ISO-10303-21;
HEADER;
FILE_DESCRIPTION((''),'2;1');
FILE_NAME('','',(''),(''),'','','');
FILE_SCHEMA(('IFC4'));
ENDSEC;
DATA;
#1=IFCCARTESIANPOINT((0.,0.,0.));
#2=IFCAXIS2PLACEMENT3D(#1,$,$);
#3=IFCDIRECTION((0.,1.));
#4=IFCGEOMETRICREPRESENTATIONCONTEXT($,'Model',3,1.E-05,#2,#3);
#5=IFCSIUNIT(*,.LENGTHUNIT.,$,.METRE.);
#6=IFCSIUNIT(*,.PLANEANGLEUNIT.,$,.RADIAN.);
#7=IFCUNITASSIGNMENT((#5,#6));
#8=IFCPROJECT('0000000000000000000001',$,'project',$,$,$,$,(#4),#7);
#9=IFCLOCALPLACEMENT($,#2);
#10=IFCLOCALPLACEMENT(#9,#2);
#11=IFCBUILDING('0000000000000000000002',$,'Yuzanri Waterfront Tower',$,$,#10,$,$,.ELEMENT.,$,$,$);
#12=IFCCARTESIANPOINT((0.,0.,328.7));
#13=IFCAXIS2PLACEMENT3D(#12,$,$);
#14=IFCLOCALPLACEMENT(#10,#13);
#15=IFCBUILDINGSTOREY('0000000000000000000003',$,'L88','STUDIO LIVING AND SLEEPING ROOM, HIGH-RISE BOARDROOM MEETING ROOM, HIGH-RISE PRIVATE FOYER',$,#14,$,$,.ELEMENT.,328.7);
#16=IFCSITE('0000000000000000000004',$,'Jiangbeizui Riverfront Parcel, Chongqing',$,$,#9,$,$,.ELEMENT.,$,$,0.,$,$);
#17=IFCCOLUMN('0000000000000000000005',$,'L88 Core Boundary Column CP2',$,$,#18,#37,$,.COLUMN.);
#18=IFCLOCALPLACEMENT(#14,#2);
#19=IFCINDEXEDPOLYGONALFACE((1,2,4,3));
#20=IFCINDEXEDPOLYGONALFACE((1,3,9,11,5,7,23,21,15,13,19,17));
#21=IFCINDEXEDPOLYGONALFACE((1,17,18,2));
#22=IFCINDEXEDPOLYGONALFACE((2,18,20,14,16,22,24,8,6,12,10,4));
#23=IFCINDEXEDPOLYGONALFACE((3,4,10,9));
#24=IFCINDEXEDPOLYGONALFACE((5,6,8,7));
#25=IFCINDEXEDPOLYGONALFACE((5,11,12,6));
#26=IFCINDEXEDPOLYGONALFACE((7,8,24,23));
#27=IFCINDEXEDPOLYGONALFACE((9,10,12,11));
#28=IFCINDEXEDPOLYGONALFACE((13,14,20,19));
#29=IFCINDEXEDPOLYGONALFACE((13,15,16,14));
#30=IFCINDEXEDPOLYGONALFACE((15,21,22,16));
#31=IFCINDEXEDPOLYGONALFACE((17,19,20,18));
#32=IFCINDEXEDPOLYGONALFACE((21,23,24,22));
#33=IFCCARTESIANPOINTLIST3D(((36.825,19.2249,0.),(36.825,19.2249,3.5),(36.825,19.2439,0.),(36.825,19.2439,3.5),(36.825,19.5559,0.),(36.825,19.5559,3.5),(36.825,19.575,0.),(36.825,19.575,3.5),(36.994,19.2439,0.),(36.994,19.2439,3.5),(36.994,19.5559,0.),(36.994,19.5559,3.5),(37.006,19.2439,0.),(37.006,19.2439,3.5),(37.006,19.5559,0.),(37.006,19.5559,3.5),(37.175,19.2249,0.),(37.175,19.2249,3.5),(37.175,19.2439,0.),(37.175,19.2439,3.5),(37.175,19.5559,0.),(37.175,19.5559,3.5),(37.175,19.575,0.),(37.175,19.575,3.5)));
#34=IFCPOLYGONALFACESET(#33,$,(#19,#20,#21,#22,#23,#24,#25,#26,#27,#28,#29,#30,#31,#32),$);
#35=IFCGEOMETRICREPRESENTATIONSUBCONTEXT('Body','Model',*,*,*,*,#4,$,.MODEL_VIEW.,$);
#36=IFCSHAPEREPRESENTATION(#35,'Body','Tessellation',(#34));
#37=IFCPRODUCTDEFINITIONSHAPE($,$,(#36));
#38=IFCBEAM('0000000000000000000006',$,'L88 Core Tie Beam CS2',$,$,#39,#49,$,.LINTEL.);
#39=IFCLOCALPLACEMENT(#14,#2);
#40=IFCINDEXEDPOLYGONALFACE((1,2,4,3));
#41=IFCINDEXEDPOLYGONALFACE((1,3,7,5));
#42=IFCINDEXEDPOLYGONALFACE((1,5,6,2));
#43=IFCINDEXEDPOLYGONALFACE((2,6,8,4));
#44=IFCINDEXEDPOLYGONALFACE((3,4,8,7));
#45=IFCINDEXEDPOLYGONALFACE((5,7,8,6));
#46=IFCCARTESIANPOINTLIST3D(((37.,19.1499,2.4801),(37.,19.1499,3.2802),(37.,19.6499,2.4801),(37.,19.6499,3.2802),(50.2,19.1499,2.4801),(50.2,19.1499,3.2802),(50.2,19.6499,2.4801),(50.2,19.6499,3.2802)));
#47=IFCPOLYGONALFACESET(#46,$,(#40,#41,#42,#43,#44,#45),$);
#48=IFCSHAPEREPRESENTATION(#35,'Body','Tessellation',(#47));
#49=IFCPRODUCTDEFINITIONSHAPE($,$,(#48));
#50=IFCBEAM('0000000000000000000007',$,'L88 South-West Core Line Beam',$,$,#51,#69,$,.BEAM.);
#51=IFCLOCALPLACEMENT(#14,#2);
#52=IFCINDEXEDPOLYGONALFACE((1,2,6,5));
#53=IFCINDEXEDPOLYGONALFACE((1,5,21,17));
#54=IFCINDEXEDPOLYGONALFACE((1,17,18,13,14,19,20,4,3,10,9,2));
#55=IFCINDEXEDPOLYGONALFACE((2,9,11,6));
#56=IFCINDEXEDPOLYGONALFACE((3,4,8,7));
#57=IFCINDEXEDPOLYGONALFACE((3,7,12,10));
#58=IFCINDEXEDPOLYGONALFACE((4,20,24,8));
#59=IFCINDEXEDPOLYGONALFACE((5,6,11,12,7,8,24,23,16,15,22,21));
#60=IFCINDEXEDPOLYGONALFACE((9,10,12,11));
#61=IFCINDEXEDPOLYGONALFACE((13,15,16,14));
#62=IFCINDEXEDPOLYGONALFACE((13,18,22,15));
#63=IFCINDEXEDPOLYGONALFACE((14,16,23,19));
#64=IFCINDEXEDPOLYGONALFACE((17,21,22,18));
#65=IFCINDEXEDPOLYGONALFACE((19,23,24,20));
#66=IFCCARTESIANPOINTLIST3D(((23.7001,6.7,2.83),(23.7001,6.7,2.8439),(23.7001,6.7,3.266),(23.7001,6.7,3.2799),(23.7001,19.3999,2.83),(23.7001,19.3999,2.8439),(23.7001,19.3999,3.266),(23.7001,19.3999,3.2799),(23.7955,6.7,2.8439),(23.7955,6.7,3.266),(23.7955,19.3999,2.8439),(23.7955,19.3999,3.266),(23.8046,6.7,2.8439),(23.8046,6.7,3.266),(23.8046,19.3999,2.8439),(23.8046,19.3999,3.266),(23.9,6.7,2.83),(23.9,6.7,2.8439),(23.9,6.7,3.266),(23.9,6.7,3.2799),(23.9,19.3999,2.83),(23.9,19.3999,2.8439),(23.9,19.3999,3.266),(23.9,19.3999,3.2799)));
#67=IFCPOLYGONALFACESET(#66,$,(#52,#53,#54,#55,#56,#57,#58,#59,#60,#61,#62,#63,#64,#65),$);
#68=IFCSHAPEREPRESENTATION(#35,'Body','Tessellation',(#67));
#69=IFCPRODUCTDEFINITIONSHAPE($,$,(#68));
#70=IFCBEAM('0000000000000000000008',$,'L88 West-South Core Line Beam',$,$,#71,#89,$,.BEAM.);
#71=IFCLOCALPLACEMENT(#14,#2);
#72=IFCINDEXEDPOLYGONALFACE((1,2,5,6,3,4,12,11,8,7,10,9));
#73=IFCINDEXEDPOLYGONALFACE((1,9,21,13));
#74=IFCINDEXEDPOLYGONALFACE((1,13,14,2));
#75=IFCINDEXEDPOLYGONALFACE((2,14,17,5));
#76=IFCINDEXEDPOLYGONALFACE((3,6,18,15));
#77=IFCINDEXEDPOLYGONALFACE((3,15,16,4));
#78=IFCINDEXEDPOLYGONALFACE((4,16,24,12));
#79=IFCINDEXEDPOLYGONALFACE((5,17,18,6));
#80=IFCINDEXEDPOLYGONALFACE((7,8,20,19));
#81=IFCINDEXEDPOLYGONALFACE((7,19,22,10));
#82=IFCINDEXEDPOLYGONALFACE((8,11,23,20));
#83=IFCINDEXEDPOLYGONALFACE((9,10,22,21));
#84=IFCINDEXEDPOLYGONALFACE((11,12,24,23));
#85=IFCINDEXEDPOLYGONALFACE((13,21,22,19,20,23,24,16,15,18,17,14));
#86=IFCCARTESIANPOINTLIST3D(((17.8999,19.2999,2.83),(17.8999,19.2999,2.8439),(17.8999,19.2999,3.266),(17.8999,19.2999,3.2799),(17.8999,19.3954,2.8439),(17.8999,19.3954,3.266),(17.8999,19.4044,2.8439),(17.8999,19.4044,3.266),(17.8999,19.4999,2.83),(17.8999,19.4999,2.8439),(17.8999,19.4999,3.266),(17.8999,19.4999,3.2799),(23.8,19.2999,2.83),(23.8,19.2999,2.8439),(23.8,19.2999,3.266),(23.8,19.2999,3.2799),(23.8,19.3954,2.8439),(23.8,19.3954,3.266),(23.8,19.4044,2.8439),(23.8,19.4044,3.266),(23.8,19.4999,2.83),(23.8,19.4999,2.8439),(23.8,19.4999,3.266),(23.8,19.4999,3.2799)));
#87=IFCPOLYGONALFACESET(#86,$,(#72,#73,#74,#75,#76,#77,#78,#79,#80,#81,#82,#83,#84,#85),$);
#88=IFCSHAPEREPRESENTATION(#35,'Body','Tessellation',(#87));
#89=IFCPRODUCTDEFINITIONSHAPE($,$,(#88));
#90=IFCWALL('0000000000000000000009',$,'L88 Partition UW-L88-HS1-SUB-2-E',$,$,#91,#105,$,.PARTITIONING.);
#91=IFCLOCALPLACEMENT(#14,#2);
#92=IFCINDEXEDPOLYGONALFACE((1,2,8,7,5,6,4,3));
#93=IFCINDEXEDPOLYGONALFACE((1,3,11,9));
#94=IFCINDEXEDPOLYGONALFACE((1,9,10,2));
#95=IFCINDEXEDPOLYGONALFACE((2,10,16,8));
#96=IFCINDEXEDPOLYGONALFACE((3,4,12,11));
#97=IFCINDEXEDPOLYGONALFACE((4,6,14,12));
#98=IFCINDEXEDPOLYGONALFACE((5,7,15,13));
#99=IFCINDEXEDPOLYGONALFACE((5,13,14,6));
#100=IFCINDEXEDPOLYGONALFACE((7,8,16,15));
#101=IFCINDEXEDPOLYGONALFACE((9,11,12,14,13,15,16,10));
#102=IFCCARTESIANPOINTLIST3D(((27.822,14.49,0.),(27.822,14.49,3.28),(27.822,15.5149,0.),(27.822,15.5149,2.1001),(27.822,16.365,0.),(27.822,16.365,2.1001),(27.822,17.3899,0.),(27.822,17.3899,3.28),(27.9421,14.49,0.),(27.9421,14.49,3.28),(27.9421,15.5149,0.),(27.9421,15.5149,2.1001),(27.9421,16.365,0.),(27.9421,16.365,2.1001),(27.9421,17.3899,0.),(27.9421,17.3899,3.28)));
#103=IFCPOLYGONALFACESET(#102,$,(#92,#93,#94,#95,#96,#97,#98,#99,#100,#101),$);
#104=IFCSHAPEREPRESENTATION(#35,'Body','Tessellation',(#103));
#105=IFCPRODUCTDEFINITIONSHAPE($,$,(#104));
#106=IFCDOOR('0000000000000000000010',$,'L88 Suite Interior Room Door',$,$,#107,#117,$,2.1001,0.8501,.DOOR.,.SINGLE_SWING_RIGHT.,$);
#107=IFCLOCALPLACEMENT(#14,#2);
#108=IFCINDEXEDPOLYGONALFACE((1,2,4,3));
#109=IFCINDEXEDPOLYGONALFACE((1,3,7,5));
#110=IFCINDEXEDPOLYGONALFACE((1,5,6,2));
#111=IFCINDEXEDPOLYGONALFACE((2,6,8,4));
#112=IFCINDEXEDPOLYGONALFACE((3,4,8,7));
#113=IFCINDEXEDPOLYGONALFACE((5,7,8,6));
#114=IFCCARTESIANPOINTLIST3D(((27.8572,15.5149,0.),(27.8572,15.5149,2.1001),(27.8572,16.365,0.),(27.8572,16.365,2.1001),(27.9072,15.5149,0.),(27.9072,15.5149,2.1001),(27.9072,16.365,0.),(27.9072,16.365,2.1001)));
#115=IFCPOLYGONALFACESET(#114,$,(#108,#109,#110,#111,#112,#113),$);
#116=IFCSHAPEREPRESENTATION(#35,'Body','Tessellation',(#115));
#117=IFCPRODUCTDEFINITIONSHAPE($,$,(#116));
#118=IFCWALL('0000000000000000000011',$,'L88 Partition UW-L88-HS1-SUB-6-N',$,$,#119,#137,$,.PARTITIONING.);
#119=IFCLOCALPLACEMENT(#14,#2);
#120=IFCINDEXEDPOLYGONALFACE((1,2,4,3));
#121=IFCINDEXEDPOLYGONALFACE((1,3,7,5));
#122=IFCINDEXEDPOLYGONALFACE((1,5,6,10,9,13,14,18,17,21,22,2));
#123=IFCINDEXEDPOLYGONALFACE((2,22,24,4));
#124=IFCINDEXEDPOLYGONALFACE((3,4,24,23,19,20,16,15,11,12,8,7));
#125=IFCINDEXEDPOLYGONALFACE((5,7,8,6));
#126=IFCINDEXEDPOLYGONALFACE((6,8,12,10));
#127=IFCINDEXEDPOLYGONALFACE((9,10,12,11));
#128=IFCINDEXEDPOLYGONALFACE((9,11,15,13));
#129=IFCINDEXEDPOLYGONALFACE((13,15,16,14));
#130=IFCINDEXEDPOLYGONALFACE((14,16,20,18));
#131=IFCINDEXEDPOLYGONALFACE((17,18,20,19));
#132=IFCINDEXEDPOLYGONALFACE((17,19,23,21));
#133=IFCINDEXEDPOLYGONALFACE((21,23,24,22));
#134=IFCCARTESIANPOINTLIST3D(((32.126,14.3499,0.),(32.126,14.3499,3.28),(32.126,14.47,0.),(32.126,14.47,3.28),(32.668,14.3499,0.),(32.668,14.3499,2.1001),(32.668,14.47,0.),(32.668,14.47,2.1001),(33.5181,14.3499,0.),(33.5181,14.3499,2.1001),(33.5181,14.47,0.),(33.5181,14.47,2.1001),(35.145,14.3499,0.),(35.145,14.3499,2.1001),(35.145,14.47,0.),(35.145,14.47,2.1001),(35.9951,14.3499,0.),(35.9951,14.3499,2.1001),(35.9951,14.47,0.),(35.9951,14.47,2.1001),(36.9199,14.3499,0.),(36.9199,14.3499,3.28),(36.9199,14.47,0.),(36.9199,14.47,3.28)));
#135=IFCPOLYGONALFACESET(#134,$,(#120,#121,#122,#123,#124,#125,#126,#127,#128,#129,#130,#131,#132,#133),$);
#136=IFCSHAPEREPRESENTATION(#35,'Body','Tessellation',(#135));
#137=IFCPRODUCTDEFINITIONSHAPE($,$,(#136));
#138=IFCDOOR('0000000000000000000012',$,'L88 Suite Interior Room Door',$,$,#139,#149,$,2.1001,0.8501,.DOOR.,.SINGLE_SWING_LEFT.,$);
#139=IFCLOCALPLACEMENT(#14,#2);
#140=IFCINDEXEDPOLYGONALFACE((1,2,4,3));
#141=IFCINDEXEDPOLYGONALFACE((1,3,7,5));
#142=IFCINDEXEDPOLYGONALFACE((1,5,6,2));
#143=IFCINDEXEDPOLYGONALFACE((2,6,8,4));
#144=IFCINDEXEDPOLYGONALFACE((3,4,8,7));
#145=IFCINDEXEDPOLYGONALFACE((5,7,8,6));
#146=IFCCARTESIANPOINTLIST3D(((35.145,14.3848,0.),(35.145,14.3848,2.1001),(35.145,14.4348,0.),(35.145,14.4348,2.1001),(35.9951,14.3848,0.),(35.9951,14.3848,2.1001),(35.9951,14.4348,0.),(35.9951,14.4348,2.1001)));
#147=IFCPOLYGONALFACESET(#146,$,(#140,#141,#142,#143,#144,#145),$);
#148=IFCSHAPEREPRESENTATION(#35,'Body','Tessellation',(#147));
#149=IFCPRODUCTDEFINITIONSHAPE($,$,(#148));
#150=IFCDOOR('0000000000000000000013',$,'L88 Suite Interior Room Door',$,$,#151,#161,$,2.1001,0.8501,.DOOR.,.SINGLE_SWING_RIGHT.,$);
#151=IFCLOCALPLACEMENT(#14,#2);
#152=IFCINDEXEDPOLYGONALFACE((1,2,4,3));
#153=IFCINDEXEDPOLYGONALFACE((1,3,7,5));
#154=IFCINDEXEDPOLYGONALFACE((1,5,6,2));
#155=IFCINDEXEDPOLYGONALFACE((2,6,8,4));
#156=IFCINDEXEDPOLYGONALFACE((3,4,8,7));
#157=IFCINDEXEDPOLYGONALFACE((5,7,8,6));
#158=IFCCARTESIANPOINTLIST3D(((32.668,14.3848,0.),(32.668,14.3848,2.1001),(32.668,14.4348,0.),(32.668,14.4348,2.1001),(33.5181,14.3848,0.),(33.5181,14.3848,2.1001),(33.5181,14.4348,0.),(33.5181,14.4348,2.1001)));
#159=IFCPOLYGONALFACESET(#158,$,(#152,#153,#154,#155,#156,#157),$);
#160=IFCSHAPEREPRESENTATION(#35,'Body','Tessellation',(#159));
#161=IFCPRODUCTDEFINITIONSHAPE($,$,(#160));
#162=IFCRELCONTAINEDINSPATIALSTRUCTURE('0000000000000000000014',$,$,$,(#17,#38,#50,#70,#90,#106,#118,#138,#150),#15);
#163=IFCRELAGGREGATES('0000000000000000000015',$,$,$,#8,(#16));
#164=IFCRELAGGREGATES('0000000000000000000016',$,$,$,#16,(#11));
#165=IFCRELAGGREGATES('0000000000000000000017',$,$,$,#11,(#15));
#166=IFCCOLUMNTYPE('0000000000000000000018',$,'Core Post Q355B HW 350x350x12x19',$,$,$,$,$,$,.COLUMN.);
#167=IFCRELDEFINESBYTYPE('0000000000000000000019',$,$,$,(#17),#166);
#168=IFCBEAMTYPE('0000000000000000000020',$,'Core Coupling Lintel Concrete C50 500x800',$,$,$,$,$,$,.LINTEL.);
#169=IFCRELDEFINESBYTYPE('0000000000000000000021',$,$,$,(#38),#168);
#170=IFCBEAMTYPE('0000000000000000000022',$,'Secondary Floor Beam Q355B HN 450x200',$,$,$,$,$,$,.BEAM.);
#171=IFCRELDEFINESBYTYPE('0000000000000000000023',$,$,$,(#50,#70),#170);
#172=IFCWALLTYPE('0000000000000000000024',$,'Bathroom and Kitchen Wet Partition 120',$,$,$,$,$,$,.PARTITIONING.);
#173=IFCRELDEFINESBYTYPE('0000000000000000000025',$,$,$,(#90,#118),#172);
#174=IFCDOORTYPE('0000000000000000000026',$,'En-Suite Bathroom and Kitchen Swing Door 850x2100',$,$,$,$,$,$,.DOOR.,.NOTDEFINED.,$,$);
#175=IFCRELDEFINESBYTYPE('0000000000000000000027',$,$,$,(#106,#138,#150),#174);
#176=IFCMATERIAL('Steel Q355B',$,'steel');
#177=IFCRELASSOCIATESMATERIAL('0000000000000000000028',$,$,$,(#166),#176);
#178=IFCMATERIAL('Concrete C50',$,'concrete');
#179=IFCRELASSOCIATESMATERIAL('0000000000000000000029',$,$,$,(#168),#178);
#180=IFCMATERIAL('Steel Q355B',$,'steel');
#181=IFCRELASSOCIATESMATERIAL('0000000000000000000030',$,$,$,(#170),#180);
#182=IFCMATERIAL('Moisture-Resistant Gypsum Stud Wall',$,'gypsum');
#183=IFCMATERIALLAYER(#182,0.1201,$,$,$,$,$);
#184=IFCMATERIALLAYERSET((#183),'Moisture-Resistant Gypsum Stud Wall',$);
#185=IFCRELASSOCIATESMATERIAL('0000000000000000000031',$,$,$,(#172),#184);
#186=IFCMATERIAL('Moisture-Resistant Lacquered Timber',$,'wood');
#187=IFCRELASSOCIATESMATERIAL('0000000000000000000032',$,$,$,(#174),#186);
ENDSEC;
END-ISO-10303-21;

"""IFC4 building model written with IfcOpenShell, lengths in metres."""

from ifc_helpers import new_model, si_unit, direction, frame, frame_2d, origin, origin_2d, place, context, subcontext, project, spatial, rectangle, i_section, extrude, source, transform, mapped, material, layer, layer_set, material_profile, profile_set, type_object, element, fill, save


model = new_model("IFC4")

# Units and contexts
model_context = context("Model", 3, precision=1e-05, world=origin(), true_north=direction((0.0, 1.0)))
body_context = subcontext(model_context, "Body", "Model", "MODEL_VIEW")
ifc_project = project(units=[si_unit("LENGTHUNIT", "METRE"), si_unit("PLANEANGLEUNIT", "RADIAN")], contexts=[model_context])

# Site, building, storey
site_placement = place(None, origin())
site = spatial("IfcSite", under=ifc_project, at=site_placement, Name="Jiangbeizui Riverfront Parcel, Chongqing", CompositionType="ELEMENT", RefElevation=0.0)
building_placement = place(site_placement, origin())
building = spatial("IfcBuilding", under=site, at=building_placement, Name="Yuzanri Waterfront Tower", CompositionType="ELEMENT")
storey_placement = place(building_placement, frame((0.0, 0.0, 328.7)))
storey = spatial("IfcBuildingStorey", under=building, at=storey_placement, Name="L88", Description="STUDIO LIVING AND SLEEPING ROOM, HIGH-RISE BOARDROOM MEETING ROOM, HIGH-RISE PRIVATE FOYER", CompositionType="ELEMENT", Elevation=328.7)

# Column
ifc_material_1 = material(Name="Steel Q355B", Category="steel")
ifc_material_profile_1 = material_profile(ifc_material_1, i_section(OverallWidth=0.3501, OverallDepth=0.3501, WebThickness=0.012, FlangeThickness=0.019, at=origin_2d()), Name="HW 350x350x12x19")
ifc_profile_set_1 = profile_set([ifc_material_profile_1], Name="Steel Q355B")
column_type = type_object("IfcColumnType", Name="Core Post Q355B HW 350x350x12x19", PredefinedType="COLUMN", material=ifc_profile_set_1)
shared_shape_1 = source(origin(), body_context, "Body", "SweptSolid", [
    extrude(i_section(OverallWidth=0.3501, OverallDepth=0.3501, WebThickness=0.012, FlangeThickness=0.019, at=origin_2d()), origin(), (0.0, 0.0, 1.0), 3.5),
])
column_placement = place(storey_placement, frame((37.0, 19.3999, 0.0), z_axis=(0.0, 0.0, 1.0), x_axis=(1.0, 0.0, 0.0)))
element("IfcColumn", 1, at=column_placement, inside=storey, type_object=column_type, Name="L88 Core Boundary Column CP2", PredefinedType="COLUMN", context=body_context, shape_type="MappedRepresentation", body=[
    mapped(shared_shape_1, transform((0.0, 0.0, 0.0), scale=1.0)),
])

# Beams
ifc_material_2 = material(Name="Concrete C50", Category="concrete")
ifc_material_profile_2 = material_profile(ifc_material_2, rectangle(XDim=0.5, YDim=0.8, at=origin_2d()), Name="RC 500x800")
ifc_profile_set_2 = profile_set([ifc_material_profile_2], Name="Concrete C50")
beam_type_1 = type_object("IfcBeamType", Name="Core Coupling Lintel Concrete C50 500x800", PredefinedType="LINTEL", material=ifc_profile_set_2)
shared_shape_2 = source(origin(), body_context, "Body", "SweptSolid", [
    extrude(rectangle(XDim=0.5, YDim=0.8, at=origin_2d()), origin(), (0.0, 0.0, 1.0), 13.2),
])
beam_1_placement = place(storey_placement, frame((37.0, 19.3999, 2.8801), z_axis=(1.0, 0.0, 0.0), x_axis=(0.0, 1.0, 0.0)))
element("IfcBeam", 2, at=beam_1_placement, inside=storey, type_object=beam_type_1, Name="L88 Core Tie Beam CS2", PredefinedType="LINTEL", context=body_context, shape_type="MappedRepresentation", body=[
    mapped(shared_shape_2, transform((0.0, 0.0, 0.0), scale=1.0)),
])
ifc_material_3 = material(Name="Steel Q355B", Category="steel")
ifc_material_profile_3 = material_profile(ifc_material_3, i_section(OverallWidth=0.2, OverallDepth=0.45, WebThickness=0.009, FlangeThickness=0.0139, at=origin_2d()), Name="HN 450x200x9x14")
ifc_profile_set_3 = profile_set([ifc_material_profile_3], Name="Steel Q355B")
beam_type_2 = type_object("IfcBeamType", Name="Secondary Floor Beam Q355B HN 450x200", PredefinedType="BEAM", material=ifc_profile_set_3)
shared_shape_3 = source(origin(), body_context, "Body", "SweptSolid", [
    extrude(i_section(OverallWidth=0.2, OverallDepth=0.45, WebThickness=0.009, FlangeThickness=0.0139, at=origin_2d()), origin(), (0.0, 0.0, 1.0), 12.7),
])
beam_2_placement = place(storey_placement, frame((23.8, 19.3999, 3.0549), z_axis=(0.0, -1.0, 0.0), x_axis=(1.0, 0.0, 0.0)))
element("IfcBeam", 3, at=beam_2_placement, inside=storey, type_object=beam_type_2, Name="L88 South-West Core Line Beam", PredefinedType="BEAM", context=body_context, shape_type="MappedRepresentation", body=[
    mapped(shared_shape_3, transform((0.0, 0.0, 0.0), scale=1.0)),
])
shared_shape_4 = source(origin(), body_context, "Body", "SweptSolid", [
    extrude(i_section(OverallWidth=0.2, OverallDepth=0.45, WebThickness=0.009, FlangeThickness=0.0139, at=origin_2d()), origin(), (0.0, 0.0, 1.0), 5.9001),
])
beam_3_placement = place(storey_placement, frame((23.8, 19.3999, 3.0549), z_axis=(-1.0, 0.0, 0.0), x_axis=(0.0, -1.0, 0.0)))
element("IfcBeam", 4, at=beam_3_placement, inside=storey, type_object=beam_type_2, Name="L88 West-South Core Line Beam", PredefinedType="BEAM", context=body_context, shape_type="MappedRepresentation", body=[
    mapped(shared_shape_4, transform((0.0, 0.0, 0.0), scale=1.0)),
])

# Wall, opening, door
ifc_material_4 = material(Name="Moisture-Resistant Gypsum Stud Wall", Category="gypsum")
ifc_layer_1 = layer(ifc_material_4, 0.1201)
ifc_layer_set_1 = layer_set([ifc_layer_1], Name="Moisture-Resistant Gypsum Stud Wall")
wall_type_1 = type_object("IfcWallType", Name="Bathroom and Kitchen Wet Partition 120", PredefinedType="PARTITIONING", material=ifc_layer_set_1)
wall_1_placement = place(storey_placement, frame((27.8821, 14.49, 0.0), z_axis=(0.0, 0.0, 1.0), x_axis=(0.0, 1.0, 0.0)))
wall_1 = element("IfcWall", 5, at=wall_1_placement, inside=storey, type_object=wall_type_1, Name="L88 Partition UW-L88-HS1-SUB-2-E", PredefinedType="PARTITIONING", context=body_context, shape_type="SweptSolid", body=[
    extrude(rectangle(XDim=2.8999, YDim=0.1201, at=frame_2d((1.45, 0.0))), origin(), (0.0, 0.0, 1.0), 3.28),
])
opening_1_placement = place(wall_1_placement, frame((1.0249, 0.0, 0.0)))
opening_1 = element("IfcOpeningElement", 6, at=opening_1_placement, cuts=wall_1, PredefinedType="OPENING", context=body_context, shape_type="SweptSolid", body=[
    extrude(rectangle(XDim=0.8501, YDim=2.1001, at=frame_2d((0.425, 1.05))), frame((0.0, 0.075, 0.0), z_axis=(0.0, -1.0, 0.0), x_axis=(1.0, 0.0, 0.0)), (0.0, 0.0, 1.0), 0.1499),
])
ifc_material_5 = material(Name="Moisture-Resistant Lacquered Timber", Category="wood")
door_type_1 = type_object("IfcDoorType", Name="En-Suite Bathroom and Kitchen Swing Door 850x2100", OperationType="NOTDEFINED", PredefinedType="DOOR", material=ifc_material_5)
shared_shape_5 = source(origin(), body_context, "Body", "SweptSolid", [
    extrude(rectangle(XDim=0.8501, YDim=2.1001, at=frame_2d((0.425, 1.05))), frame((0.0, 0.0249, 0.0), z_axis=(0.0, -1.0, 0.0), x_axis=(1.0, 0.0, 0.0)), (0.0, 0.0, 1.0), 0.05),
])
door_1_placement = place(opening_1_placement, origin())
door_1 = element("IfcDoor", 7, at=door_1_placement, inside=storey, type_object=door_type_1, Name="L88 Suite Interior Room Door", OperationType="SINGLE_SWING_RIGHT", OverallHeight=2.1001, OverallWidth=0.8501, PredefinedType="DOOR", context=body_context, shape_type="MappedRepresentation", body=[
    mapped(shared_shape_5, transform((0.0, 0.0, 0.0), scale=1.0)),
])
fill(opening_1, door_1)

# Wall, openings, doors
wall_2_placement = place(storey_placement, frame((32.126, 14.4099, 0.0), z_axis=(0.0, 0.0, 1.0), x_axis=(1.0, 0.0, 0.0)))
wall_2 = element("IfcWall", 8, at=wall_2_placement, inside=storey, type_object=wall_type_1, Name="L88 Partition UW-L88-HS1-SUB-6-N", PredefinedType="PARTITIONING", context=body_context, shape_type="SweptSolid", body=[
    extrude(rectangle(XDim=4.7939, YDim=0.1201, at=frame_2d((2.397, 0.0))), origin(), (0.0, 0.0, 1.0), 3.28),
])
opening_2_placement = place(wall_2_placement, frame((3.019, 0.0, 0.0)))
opening_2 = element("IfcOpeningElement", 9, at=opening_2_placement, cuts=wall_2, PredefinedType="OPENING", context=body_context, shape_type="SweptSolid", body=[
    extrude(rectangle(XDim=0.8501, YDim=2.1001, at=frame_2d((0.425, 1.05))), frame((0.0, 0.075, 0.0), z_axis=(0.0, -1.0, 0.0), x_axis=(1.0, 0.0, 0.0)), (0.0, 0.0, 1.0), 0.1499),
])
opening_3_placement = place(wall_2_placement, frame((0.542, 0.0, 0.0)))
opening_3 = element("IfcOpeningElement", 10, at=opening_3_placement, cuts=wall_2, PredefinedType="OPENING", context=body_context, shape_type="SweptSolid", body=[
    extrude(rectangle(XDim=0.8501, YDim=2.1001, at=frame_2d((0.425, 1.05))), frame((0.0, 0.075, 0.0), z_axis=(0.0, -1.0, 0.0), x_axis=(1.0, 0.0, 0.0)), (0.0, 0.0, 1.0), 0.1499),
])
door_2_placement = place(opening_2_placement, origin())
door_2 = element("IfcDoor", 11, at=door_2_placement, inside=storey, type_object=door_type_1, Name="L88 Suite Interior Room Door", OperationType="SINGLE_SWING_LEFT", OverallHeight=2.1001, OverallWidth=0.8501, PredefinedType="DOOR", context=body_context, shape_type="MappedRepresentation", body=[
    mapped(shared_shape_5, transform((0.0, 0.0, 0.0), scale=1.0)),
])
fill(opening_2, door_2)
door_3_placement = place(opening_3_placement, origin())
door_3 = element("IfcDoor", 12, at=door_3_placement, inside=storey, type_object=door_type_1, Name="L88 Suite Interior Room Door", OperationType="SINGLE_SWING_RIGHT", OverallHeight=2.1001, OverallWidth=0.8501, PredefinedType="DOOR", context=body_context, shape_type="MappedRepresentation", body=[
    mapped(shared_shape_5, transform((0.0, 0.0, 0.0), scale=1.0)),
])
fill(opening_3, door_3)

save(model, "model.ifc")
